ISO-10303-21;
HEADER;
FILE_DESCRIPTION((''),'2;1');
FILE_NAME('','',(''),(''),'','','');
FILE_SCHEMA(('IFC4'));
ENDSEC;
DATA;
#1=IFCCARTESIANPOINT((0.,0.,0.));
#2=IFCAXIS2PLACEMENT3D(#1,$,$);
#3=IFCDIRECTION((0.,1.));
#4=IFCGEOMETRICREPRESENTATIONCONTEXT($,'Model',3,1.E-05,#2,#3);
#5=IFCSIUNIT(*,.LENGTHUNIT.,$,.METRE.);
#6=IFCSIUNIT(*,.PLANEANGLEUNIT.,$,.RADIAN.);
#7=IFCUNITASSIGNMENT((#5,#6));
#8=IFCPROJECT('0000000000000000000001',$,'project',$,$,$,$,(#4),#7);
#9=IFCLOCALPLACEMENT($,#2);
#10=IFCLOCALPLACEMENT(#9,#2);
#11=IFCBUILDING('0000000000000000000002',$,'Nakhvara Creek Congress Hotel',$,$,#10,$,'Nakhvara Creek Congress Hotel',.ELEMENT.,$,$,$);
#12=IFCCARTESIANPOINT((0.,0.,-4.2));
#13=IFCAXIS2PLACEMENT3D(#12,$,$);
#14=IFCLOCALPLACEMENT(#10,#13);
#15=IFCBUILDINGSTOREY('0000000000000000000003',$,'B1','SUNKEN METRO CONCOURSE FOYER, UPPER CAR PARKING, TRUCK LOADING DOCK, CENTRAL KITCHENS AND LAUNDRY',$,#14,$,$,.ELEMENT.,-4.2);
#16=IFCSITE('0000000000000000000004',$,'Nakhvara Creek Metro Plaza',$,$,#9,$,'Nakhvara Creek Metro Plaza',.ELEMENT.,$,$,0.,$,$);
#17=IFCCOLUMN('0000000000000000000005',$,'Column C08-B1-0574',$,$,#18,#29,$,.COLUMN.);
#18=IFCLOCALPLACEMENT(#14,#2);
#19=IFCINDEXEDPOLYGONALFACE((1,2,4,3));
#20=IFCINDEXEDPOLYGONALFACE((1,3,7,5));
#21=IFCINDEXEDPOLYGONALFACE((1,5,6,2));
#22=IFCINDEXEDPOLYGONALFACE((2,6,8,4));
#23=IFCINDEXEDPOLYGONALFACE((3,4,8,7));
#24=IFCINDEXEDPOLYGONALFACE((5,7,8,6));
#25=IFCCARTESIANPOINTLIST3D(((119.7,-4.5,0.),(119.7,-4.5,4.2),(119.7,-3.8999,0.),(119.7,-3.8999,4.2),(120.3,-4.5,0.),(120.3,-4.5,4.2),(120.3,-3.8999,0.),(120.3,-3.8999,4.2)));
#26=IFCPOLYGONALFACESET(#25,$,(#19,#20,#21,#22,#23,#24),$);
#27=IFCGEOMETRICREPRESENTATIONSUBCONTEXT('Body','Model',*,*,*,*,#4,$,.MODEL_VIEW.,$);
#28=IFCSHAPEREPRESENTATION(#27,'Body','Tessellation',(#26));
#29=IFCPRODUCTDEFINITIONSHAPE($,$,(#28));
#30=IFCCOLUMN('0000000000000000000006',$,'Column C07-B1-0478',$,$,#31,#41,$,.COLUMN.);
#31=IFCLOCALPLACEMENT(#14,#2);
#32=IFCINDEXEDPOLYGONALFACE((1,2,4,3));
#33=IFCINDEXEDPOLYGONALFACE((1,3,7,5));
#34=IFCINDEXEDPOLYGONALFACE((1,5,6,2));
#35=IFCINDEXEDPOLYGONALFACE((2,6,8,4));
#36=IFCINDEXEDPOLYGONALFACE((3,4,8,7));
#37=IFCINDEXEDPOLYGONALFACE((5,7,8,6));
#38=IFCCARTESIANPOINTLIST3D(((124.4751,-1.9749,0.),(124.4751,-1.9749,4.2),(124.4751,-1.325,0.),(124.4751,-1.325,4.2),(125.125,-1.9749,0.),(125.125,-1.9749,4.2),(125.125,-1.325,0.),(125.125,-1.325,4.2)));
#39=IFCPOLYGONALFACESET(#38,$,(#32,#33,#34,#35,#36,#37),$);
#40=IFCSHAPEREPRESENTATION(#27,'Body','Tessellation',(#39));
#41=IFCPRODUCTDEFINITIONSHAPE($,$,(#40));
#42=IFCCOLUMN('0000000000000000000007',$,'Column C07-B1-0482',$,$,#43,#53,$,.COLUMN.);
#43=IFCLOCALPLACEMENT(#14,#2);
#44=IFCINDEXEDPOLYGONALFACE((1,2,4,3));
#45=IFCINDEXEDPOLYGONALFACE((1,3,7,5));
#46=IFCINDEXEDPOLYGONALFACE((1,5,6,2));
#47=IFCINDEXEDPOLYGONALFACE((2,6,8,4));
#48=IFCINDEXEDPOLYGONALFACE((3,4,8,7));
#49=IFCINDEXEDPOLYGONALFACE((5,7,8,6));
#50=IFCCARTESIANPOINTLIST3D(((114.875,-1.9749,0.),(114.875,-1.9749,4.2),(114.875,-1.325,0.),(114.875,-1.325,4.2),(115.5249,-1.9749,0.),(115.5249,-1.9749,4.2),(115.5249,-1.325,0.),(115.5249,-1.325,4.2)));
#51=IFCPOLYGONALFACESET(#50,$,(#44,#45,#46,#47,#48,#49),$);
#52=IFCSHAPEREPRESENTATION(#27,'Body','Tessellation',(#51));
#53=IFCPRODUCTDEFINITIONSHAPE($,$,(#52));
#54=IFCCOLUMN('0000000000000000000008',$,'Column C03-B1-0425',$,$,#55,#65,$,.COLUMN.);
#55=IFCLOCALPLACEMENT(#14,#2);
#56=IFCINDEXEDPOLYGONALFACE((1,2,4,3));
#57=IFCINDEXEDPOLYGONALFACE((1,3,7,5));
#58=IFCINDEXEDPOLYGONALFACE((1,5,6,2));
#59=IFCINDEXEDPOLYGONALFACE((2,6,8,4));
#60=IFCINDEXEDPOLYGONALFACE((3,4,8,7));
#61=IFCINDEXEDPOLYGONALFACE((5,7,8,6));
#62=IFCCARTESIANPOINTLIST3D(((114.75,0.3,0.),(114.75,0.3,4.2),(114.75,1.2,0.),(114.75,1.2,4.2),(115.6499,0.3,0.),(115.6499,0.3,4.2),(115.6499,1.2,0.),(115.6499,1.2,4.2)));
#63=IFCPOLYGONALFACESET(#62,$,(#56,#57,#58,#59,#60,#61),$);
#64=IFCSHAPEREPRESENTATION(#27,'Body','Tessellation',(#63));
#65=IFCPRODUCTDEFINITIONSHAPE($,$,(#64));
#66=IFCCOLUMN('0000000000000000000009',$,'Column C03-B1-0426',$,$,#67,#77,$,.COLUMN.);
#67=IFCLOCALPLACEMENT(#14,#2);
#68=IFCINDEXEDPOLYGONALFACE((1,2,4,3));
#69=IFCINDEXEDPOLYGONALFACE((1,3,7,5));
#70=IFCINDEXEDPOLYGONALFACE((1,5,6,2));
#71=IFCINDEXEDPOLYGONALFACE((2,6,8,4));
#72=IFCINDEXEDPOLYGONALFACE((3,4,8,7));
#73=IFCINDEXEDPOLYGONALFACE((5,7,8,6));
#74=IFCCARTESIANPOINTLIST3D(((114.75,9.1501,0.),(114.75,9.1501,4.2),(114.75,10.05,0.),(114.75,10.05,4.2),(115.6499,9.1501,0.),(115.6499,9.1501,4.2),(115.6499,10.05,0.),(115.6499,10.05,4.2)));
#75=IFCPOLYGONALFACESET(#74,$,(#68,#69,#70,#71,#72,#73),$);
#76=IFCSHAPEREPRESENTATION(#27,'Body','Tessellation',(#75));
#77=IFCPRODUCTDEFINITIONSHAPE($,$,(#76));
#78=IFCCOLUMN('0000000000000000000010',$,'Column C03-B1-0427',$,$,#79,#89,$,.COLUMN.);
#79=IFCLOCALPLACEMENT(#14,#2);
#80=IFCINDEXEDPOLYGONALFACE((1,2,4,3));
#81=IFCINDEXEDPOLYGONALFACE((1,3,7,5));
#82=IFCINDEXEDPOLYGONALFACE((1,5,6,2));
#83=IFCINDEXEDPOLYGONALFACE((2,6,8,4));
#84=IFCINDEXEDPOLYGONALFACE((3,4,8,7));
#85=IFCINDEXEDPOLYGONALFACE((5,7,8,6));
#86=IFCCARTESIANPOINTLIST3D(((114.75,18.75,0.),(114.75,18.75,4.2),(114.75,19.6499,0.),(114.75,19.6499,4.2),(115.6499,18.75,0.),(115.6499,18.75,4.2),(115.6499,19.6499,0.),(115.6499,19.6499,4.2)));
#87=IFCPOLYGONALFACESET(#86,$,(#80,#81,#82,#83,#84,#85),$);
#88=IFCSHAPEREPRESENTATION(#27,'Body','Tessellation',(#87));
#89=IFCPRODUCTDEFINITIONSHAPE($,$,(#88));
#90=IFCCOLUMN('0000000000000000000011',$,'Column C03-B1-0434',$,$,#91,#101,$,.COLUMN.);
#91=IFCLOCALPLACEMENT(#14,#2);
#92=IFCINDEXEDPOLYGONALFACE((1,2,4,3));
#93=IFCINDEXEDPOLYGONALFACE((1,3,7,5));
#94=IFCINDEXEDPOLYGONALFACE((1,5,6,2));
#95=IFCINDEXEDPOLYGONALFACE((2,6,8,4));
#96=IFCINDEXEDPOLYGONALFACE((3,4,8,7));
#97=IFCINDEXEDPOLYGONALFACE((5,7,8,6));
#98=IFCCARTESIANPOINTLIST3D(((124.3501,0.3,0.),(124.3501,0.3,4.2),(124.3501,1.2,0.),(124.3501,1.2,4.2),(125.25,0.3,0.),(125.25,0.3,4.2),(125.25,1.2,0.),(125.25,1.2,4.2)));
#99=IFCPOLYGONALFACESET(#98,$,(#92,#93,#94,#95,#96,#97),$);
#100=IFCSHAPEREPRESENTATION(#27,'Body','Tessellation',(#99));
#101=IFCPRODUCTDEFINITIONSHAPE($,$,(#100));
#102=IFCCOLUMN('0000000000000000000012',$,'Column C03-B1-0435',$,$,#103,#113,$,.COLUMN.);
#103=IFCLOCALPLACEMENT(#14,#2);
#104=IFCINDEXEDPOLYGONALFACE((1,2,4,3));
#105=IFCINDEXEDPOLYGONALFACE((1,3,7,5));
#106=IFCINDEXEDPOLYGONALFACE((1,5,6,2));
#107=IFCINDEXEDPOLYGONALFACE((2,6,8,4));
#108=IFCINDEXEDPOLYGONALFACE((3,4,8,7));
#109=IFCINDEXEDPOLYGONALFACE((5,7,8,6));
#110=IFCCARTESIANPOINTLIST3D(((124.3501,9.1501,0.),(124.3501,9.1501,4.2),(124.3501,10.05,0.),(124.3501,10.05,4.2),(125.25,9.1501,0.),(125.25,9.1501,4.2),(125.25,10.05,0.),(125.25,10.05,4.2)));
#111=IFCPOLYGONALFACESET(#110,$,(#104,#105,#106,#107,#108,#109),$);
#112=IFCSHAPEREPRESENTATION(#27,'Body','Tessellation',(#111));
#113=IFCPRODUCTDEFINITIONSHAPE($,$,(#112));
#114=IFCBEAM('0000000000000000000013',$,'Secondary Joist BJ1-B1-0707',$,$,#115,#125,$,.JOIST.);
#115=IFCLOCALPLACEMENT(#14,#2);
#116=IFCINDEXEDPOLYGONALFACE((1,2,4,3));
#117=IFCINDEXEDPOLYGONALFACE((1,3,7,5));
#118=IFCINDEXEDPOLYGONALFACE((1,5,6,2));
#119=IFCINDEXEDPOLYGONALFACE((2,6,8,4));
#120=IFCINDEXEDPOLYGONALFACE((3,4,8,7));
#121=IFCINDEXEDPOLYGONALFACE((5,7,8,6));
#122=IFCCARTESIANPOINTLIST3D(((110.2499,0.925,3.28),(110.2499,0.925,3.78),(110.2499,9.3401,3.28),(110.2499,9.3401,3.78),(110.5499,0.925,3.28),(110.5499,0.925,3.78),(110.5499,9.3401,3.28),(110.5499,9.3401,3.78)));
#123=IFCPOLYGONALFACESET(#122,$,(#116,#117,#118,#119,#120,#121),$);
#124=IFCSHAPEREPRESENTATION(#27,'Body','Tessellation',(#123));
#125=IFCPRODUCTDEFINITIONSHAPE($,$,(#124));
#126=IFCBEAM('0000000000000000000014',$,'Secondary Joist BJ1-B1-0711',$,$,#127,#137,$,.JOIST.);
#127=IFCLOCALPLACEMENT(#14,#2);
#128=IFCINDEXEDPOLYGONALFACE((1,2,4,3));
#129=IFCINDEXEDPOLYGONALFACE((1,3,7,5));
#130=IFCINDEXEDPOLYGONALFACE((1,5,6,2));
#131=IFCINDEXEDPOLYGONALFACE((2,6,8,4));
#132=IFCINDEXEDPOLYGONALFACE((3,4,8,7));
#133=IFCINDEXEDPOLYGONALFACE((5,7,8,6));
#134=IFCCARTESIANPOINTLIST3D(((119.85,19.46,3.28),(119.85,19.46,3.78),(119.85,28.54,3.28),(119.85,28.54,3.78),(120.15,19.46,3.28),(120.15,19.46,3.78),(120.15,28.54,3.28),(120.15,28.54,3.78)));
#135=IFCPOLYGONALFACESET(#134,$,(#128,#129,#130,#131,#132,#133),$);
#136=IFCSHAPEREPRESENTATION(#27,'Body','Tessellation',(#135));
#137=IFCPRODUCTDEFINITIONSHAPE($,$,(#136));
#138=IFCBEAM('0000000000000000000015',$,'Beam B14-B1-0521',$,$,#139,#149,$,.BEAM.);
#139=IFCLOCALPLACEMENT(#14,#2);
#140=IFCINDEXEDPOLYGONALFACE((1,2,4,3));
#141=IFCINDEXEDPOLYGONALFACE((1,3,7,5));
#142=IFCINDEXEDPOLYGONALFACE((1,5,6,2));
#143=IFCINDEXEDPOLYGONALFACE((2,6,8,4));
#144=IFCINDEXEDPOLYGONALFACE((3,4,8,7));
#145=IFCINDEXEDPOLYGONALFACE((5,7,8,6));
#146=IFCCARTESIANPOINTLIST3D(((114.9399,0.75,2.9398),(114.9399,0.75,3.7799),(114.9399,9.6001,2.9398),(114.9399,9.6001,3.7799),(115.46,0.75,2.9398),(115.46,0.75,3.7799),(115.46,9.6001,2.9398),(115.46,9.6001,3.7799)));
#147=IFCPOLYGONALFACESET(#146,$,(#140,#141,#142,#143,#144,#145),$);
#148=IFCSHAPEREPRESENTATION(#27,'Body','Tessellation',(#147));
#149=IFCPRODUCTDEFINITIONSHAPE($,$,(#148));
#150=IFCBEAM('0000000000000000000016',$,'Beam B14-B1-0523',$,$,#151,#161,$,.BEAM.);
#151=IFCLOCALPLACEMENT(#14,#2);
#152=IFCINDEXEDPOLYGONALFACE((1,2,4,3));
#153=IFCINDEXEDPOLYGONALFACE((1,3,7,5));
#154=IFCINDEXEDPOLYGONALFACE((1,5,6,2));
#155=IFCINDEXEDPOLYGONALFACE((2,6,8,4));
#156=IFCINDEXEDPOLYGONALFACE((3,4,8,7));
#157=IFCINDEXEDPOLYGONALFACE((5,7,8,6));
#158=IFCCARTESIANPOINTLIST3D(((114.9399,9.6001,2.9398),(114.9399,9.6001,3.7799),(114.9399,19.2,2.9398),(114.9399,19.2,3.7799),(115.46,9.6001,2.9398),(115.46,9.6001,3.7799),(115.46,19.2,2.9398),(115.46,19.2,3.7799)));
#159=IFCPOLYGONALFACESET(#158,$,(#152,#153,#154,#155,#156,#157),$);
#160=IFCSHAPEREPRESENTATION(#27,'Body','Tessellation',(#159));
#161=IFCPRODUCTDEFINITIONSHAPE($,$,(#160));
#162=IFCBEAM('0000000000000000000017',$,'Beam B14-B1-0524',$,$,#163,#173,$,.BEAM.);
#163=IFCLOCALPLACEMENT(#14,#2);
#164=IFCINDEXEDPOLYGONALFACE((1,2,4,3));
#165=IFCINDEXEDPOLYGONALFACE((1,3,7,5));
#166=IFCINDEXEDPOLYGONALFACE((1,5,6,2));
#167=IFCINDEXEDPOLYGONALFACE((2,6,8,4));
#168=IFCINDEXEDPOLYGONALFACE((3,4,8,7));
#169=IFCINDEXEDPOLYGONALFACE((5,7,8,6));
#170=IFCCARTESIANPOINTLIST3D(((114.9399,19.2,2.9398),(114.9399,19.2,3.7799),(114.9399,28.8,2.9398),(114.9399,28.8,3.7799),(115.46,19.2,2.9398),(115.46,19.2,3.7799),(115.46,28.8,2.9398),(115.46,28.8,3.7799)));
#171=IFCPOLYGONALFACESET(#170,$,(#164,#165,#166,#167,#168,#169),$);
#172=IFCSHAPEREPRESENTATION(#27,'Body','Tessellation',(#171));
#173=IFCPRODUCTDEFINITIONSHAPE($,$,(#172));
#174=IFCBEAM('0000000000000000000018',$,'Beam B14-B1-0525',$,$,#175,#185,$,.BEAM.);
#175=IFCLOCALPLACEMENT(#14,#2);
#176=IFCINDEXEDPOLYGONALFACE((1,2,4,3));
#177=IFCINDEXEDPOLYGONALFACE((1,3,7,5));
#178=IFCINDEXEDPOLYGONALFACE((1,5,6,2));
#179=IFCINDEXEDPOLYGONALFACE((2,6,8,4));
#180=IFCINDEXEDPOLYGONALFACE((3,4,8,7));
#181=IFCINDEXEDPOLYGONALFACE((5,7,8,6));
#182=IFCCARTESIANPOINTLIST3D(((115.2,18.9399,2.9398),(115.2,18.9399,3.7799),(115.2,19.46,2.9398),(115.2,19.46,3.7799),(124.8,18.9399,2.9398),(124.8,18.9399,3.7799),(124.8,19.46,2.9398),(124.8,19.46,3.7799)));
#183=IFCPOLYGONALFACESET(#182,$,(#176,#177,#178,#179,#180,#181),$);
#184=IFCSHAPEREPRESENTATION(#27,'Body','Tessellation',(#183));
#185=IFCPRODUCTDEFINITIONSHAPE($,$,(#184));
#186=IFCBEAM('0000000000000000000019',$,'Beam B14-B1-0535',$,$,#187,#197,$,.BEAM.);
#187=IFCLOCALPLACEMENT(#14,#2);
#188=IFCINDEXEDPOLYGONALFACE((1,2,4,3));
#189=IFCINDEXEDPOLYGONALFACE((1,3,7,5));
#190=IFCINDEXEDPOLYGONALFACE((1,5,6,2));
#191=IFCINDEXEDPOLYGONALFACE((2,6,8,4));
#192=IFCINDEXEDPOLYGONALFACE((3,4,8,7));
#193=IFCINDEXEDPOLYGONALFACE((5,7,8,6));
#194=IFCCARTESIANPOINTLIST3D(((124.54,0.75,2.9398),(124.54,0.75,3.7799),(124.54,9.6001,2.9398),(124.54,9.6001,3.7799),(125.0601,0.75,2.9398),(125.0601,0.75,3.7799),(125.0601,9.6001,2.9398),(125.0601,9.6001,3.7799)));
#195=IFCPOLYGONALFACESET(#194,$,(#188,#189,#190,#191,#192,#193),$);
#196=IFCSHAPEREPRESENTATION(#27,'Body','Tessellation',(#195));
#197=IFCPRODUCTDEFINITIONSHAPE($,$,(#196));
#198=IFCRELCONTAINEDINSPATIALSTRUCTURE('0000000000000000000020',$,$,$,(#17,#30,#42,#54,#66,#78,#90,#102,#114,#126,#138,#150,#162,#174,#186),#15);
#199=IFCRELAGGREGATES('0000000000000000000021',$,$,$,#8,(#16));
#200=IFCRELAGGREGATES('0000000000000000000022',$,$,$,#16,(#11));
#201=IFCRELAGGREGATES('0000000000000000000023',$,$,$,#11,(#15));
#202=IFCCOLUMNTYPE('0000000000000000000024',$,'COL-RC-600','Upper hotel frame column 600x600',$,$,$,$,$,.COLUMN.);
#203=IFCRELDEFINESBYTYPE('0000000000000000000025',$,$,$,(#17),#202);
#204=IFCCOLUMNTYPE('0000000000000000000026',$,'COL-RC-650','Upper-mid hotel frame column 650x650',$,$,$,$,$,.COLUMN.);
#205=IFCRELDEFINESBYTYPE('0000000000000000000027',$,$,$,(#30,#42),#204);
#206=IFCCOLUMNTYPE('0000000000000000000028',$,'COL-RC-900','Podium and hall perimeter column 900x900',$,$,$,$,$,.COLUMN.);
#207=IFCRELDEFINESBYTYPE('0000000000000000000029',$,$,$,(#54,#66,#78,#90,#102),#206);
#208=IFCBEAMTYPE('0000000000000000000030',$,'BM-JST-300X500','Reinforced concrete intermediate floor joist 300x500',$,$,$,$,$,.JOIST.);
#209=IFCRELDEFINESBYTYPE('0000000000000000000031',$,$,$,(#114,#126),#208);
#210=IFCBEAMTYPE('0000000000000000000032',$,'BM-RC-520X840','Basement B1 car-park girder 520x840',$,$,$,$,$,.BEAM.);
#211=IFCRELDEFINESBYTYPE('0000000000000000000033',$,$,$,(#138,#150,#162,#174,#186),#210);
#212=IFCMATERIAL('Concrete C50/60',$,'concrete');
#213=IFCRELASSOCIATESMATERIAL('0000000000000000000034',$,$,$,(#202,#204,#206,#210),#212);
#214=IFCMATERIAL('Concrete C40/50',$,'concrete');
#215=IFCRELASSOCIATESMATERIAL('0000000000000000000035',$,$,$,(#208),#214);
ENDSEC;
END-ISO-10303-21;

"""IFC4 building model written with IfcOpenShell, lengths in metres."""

from ifc_helpers import new_model, si_unit, direction, frame, origin, origin_2d, place, context, subcontext, project, spatial, rectangle, extrude, material, material_profile, profile_set, type_object, element, save


model = new_model("IFC4")

# Units and contexts
model_context = context("Model", 3, precision=1e-05, world=origin(), true_north=direction((0.0, 1.0)))
body_context = subcontext(model_context, "Body", "Model", "MODEL_VIEW")
ifc_project = project(units=[si_unit("LENGTHUNIT", "METRE"), si_unit("PLANEANGLEUNIT", "RADIAN")], contexts=[model_context])

# Site, building, storey
site_placement = place(None, origin())
site = spatial("IfcSite", under=ifc_project, at=site_placement, Name="Nakhvara Creek Metro Plaza", LongName="Nakhvara Creek Metro Plaza", CompositionType="ELEMENT", RefElevation=0.0)
building_placement = place(site_placement, origin())
building = spatial("IfcBuilding", under=site, at=building_placement, Name="Nakhvara Creek Congress Hotel", LongName="Nakhvara Creek Congress Hotel", CompositionType="ELEMENT")
storey_placement = place(building_placement, frame((0.0, 0.0, -4.2)))
storey = spatial("IfcBuildingStorey", under=building, at=storey_placement, Name="B1", Description="SUNKEN METRO CONCOURSE FOYER, UPPER CAR PARKING, TRUCK LOADING DOCK, CENTRAL KITCHENS AND LAUNDRY", CompositionType="ELEMENT", Elevation=-4.2)

# Columns
ifc_material_1 = material(Name="Concrete C50/60", Category="concrete")
ifc_material_profile_1 = material_profile(ifc_material_1, rectangle(XDim=0.6001, YDim=0.6001, at=origin_2d()), Name="RC-COL 600x600", Category="LoadBearing")
ifc_profile_set_1 = profile_set([ifc_material_profile_1], Name="Concrete C50/60")
column_type_1 = type_object("IfcColumnType", Name="COL-RC-600", Description="Upper hotel frame column 600x600", PredefinedType="COLUMN", material=ifc_profile_set_1)
column_placement = place(storey_placement, frame((120.0, -4.2, 0.0), z_axis=(0.0, 0.0, 1.0), x_axis=(1.0, 0.0, 0.0)))
element("IfcColumn", 1, at=column_placement, inside=storey, type_object=column_type_1, Name="Column C08-B1-0574", PredefinedType="COLUMN", context=body_context, shape_type="SweptSolid", body=[
    extrude(rectangle(XDim=0.6001, YDim=0.6001, at=origin_2d()), origin(), (0.0, 0.0, 1.0), 4.2),
])
ifc_material_profile_2 = material_profile(ifc_material_1, rectangle(XDim=0.6499, YDim=0.6499, at=origin_2d()), Name="RC-COL 650x650", Category="LoadBearing")
ifc_profile_set_2 = profile_set([ifc_material_profile_2], Name="Concrete C50/60")
column_type_2 = type_object("IfcColumnType", Name="COL-RC-650", Description="Upper-mid hotel frame column 650x650", PredefinedType="COLUMN", material=ifc_profile_set_2)
for number, where, z_axis, x_axis, name in (
    (2, (124.8, -1.6499, 0.0), (0.0, 0.0, 1.0), (1.0, 0.0, 0.0), "Column C07-B1-0478"),
    (3, (115.2, -1.6499, 0.0), (0.0, 0.0, 1.0), (1.0, 0.0, 0.0), "Column C07-B1-0482"),
):
    element("IfcColumn", number, at=place(storey_placement, frame(where, z_axis=z_axis, x_axis=x_axis)), inside=storey, type_object=column_type_2, Name=name, PredefinedType="COLUMN", context=body_context, shape_type="SweptSolid", body=[
        extrude(rectangle(XDim=0.6499, YDim=0.6499, at=origin_2d()), origin(), (0.0, 0.0, 1.0), 4.2),
    ])
ifc_material_profile_3 = material_profile(ifc_material_1, rectangle(XDim=0.8999, YDim=0.8999, at=origin_2d()), Name="RC-COL 900x900", Category="LoadBearing")
ifc_profile_set_3 = profile_set([ifc_material_profile_3], Name="Concrete C50/60")
column_type_3 = type_object("IfcColumnType", Name="COL-RC-900", Description="Podium and hall perimeter column 900x900", PredefinedType="COLUMN", material=ifc_profile_set_3)
for number, where, z_axis, x_axis, name in (
    (4, (115.2, 0.75, 0.0), (0.0, 0.0, 1.0), (1.0, 0.0, 0.0), "Column C03-B1-0425"),
    (5, (115.2, 9.6001, 0.0), (0.0, 0.0, 1.0), (1.0, 0.0, 0.0), "Column C03-B1-0426"),
    (6, (115.2, 19.2, 0.0), (0.0, 0.0, 1.0), (1.0, 0.0, 0.0), "Column C03-B1-0427"),
    (7, (124.8, 0.75, 0.0), (0.0, 0.0, 1.0), (1.0, 0.0, 0.0), "Column C03-B1-0434"),
    (8, (124.8, 9.6001, 0.0), (0.0, 0.0, 1.0), (1.0, 0.0, 0.0), "Column C03-B1-0435"),
):
    element("IfcColumn", number, at=place(storey_placement, frame(where, z_axis=z_axis, x_axis=x_axis)), inside=storey, type_object=column_type_3, Name=name, PredefinedType="COLUMN", context=body_context, shape_type="SweptSolid", body=[
        extrude(rectangle(XDim=0.8999, YDim=0.8999, at=origin_2d()), origin(), (0.0, 0.0, 1.0), 4.2),
    ])

# Beams
ifc_material_2 = material(Name="Concrete C40/50", Category="concrete")
ifc_material_profile_4 = material_profile(ifc_material_2, rectangle(XDim=0.3, YDim=0.5, at=origin_2d()), Name="RC-BM 300x500", Category="LoadBearing")
ifc_profile_set_4 = profile_set([ifc_material_profile_4], Name="Concrete C40/50")
beam_type_1 = type_object("IfcBeamType", Name="BM-JST-300X500", Description="Reinforced concrete intermediate floor joist 300x500", PredefinedType="JOIST", material=ifc_profile_set_4)
beam_1_placement = place(storey_placement, frame((110.3999, 0.925, 3.53), z_axis=(0.0, 1.0, 0.0), x_axis=(-1.0, 0.0, 0.0)))
element("IfcBeam", 9, at=beam_1_placement, inside=storey, type_object=beam_type_1, Name="Secondary Joist BJ1-B1-0707", PredefinedType="JOIST", context=body_context, shape_type="SweptSolid", body=[
    extrude(rectangle(XDim=0.3, YDim=0.5, at=origin_2d()), origin(), (0.0, 0.0, 1.0), 8.415),
])
beam_2_placement = place(storey_placement, frame((120.0, 19.46, 3.53), z_axis=(0.0, 1.0, 0.0), x_axis=(-1.0, 0.0, 0.0)))
element("IfcBeam", 10, at=beam_2_placement, inside=storey, type_object=beam_type_1, Name="Secondary Joist BJ1-B1-0711", PredefinedType="JOIST", context=body_context, shape_type="SweptSolid", body=[
    extrude(rectangle(XDim=0.3, YDim=0.5, at=origin_2d()), origin(), (0.0, 0.0, 1.0), 9.0801),
])
ifc_material_profile_5 = material_profile(ifc_material_1, rectangle(XDim=0.52, YDim=0.8401, at=origin_2d()), Name="RC-BM 520x840", Category="LoadBearing")
ifc_profile_set_5 = profile_set([ifc_material_profile_5], Name="Concrete C50/60")
beam_type_2 = type_object("IfcBeamType", Name="BM-RC-520X840", Description="Basement B1 car-park girder 520x840", PredefinedType="BEAM", material=ifc_profile_set_5)
beam_3_placement = place(storey_placement, frame((115.2, 0.75, 3.3599), z_axis=(0.0, 1.0, 0.0), x_axis=(-1.0, 0.0, 0.0)))
element("IfcBeam", 11, at=beam_3_placement, inside=storey, type_object=beam_type_2, Name="Beam B14-B1-0521", PredefinedType="BEAM", context=body_context, shape_type="SweptSolid", body=[
    extrude(rectangle(XDim=0.52, YDim=0.8401, at=origin_2d()), origin(), (0.0, 0.0, 1.0), 8.8501),
])
beam_4_placement = place(storey_placement, frame((115.2, 9.6001, 3.3599), z_axis=(0.0, 1.0, 0.0), x_axis=(-1.0, 0.0, 0.0)))
element("IfcBeam", 12, at=beam_4_placement, inside=storey, type_object=beam_type_2, Name="Beam B14-B1-0523", PredefinedType="BEAM", context=body_context, shape_type="SweptSolid", body=[
    extrude(rectangle(XDim=0.52, YDim=0.8401, at=origin_2d()), origin(), (0.0, 0.0, 1.0), 9.5999),
])
for number, where, z_axis, x_axis, name in (
    (13, (115.2, 19.2, 3.3599), (0.0, 1.0, 0.0), (-1.0, 0.0, 0.0), "Beam B14-B1-0524"),
    (14, (115.2, 19.2, 3.3599), (1.0, 0.0, 0.0), (0.0, 1.0, 0.0), "Beam B14-B1-0525"),
):
    element("IfcBeam", number, at=place(storey_placement, frame(where, z_axis=z_axis, x_axis=x_axis)), inside=storey, type_object=beam_type_2, Name=name, PredefinedType="BEAM", context=body_context, shape_type="SweptSolid", body=[
        extrude(rectangle(XDim=0.52, YDim=0.8401, at=origin_2d()), origin(), (0.0, 0.0, 1.0), 9.6001),
    ])
beam_5_placement = place(storey_placement, frame((124.8, 0.75, 3.3599), z_axis=(0.0, 1.0, 0.0), x_axis=(-1.0, 0.0, 0.0)))
element("IfcBeam", 15, at=beam_5_placement, inside=storey, type_object=beam_type_2, Name="Beam B14-B1-0535", PredefinedType="BEAM", context=body_context, shape_type="SweptSolid", body=[
    extrude(rectangle(XDim=0.52, YDim=0.8401, at=origin_2d()), origin(), (0.0, 0.0, 1.0), 8.8501),
])

save(model, "model.ifc")
